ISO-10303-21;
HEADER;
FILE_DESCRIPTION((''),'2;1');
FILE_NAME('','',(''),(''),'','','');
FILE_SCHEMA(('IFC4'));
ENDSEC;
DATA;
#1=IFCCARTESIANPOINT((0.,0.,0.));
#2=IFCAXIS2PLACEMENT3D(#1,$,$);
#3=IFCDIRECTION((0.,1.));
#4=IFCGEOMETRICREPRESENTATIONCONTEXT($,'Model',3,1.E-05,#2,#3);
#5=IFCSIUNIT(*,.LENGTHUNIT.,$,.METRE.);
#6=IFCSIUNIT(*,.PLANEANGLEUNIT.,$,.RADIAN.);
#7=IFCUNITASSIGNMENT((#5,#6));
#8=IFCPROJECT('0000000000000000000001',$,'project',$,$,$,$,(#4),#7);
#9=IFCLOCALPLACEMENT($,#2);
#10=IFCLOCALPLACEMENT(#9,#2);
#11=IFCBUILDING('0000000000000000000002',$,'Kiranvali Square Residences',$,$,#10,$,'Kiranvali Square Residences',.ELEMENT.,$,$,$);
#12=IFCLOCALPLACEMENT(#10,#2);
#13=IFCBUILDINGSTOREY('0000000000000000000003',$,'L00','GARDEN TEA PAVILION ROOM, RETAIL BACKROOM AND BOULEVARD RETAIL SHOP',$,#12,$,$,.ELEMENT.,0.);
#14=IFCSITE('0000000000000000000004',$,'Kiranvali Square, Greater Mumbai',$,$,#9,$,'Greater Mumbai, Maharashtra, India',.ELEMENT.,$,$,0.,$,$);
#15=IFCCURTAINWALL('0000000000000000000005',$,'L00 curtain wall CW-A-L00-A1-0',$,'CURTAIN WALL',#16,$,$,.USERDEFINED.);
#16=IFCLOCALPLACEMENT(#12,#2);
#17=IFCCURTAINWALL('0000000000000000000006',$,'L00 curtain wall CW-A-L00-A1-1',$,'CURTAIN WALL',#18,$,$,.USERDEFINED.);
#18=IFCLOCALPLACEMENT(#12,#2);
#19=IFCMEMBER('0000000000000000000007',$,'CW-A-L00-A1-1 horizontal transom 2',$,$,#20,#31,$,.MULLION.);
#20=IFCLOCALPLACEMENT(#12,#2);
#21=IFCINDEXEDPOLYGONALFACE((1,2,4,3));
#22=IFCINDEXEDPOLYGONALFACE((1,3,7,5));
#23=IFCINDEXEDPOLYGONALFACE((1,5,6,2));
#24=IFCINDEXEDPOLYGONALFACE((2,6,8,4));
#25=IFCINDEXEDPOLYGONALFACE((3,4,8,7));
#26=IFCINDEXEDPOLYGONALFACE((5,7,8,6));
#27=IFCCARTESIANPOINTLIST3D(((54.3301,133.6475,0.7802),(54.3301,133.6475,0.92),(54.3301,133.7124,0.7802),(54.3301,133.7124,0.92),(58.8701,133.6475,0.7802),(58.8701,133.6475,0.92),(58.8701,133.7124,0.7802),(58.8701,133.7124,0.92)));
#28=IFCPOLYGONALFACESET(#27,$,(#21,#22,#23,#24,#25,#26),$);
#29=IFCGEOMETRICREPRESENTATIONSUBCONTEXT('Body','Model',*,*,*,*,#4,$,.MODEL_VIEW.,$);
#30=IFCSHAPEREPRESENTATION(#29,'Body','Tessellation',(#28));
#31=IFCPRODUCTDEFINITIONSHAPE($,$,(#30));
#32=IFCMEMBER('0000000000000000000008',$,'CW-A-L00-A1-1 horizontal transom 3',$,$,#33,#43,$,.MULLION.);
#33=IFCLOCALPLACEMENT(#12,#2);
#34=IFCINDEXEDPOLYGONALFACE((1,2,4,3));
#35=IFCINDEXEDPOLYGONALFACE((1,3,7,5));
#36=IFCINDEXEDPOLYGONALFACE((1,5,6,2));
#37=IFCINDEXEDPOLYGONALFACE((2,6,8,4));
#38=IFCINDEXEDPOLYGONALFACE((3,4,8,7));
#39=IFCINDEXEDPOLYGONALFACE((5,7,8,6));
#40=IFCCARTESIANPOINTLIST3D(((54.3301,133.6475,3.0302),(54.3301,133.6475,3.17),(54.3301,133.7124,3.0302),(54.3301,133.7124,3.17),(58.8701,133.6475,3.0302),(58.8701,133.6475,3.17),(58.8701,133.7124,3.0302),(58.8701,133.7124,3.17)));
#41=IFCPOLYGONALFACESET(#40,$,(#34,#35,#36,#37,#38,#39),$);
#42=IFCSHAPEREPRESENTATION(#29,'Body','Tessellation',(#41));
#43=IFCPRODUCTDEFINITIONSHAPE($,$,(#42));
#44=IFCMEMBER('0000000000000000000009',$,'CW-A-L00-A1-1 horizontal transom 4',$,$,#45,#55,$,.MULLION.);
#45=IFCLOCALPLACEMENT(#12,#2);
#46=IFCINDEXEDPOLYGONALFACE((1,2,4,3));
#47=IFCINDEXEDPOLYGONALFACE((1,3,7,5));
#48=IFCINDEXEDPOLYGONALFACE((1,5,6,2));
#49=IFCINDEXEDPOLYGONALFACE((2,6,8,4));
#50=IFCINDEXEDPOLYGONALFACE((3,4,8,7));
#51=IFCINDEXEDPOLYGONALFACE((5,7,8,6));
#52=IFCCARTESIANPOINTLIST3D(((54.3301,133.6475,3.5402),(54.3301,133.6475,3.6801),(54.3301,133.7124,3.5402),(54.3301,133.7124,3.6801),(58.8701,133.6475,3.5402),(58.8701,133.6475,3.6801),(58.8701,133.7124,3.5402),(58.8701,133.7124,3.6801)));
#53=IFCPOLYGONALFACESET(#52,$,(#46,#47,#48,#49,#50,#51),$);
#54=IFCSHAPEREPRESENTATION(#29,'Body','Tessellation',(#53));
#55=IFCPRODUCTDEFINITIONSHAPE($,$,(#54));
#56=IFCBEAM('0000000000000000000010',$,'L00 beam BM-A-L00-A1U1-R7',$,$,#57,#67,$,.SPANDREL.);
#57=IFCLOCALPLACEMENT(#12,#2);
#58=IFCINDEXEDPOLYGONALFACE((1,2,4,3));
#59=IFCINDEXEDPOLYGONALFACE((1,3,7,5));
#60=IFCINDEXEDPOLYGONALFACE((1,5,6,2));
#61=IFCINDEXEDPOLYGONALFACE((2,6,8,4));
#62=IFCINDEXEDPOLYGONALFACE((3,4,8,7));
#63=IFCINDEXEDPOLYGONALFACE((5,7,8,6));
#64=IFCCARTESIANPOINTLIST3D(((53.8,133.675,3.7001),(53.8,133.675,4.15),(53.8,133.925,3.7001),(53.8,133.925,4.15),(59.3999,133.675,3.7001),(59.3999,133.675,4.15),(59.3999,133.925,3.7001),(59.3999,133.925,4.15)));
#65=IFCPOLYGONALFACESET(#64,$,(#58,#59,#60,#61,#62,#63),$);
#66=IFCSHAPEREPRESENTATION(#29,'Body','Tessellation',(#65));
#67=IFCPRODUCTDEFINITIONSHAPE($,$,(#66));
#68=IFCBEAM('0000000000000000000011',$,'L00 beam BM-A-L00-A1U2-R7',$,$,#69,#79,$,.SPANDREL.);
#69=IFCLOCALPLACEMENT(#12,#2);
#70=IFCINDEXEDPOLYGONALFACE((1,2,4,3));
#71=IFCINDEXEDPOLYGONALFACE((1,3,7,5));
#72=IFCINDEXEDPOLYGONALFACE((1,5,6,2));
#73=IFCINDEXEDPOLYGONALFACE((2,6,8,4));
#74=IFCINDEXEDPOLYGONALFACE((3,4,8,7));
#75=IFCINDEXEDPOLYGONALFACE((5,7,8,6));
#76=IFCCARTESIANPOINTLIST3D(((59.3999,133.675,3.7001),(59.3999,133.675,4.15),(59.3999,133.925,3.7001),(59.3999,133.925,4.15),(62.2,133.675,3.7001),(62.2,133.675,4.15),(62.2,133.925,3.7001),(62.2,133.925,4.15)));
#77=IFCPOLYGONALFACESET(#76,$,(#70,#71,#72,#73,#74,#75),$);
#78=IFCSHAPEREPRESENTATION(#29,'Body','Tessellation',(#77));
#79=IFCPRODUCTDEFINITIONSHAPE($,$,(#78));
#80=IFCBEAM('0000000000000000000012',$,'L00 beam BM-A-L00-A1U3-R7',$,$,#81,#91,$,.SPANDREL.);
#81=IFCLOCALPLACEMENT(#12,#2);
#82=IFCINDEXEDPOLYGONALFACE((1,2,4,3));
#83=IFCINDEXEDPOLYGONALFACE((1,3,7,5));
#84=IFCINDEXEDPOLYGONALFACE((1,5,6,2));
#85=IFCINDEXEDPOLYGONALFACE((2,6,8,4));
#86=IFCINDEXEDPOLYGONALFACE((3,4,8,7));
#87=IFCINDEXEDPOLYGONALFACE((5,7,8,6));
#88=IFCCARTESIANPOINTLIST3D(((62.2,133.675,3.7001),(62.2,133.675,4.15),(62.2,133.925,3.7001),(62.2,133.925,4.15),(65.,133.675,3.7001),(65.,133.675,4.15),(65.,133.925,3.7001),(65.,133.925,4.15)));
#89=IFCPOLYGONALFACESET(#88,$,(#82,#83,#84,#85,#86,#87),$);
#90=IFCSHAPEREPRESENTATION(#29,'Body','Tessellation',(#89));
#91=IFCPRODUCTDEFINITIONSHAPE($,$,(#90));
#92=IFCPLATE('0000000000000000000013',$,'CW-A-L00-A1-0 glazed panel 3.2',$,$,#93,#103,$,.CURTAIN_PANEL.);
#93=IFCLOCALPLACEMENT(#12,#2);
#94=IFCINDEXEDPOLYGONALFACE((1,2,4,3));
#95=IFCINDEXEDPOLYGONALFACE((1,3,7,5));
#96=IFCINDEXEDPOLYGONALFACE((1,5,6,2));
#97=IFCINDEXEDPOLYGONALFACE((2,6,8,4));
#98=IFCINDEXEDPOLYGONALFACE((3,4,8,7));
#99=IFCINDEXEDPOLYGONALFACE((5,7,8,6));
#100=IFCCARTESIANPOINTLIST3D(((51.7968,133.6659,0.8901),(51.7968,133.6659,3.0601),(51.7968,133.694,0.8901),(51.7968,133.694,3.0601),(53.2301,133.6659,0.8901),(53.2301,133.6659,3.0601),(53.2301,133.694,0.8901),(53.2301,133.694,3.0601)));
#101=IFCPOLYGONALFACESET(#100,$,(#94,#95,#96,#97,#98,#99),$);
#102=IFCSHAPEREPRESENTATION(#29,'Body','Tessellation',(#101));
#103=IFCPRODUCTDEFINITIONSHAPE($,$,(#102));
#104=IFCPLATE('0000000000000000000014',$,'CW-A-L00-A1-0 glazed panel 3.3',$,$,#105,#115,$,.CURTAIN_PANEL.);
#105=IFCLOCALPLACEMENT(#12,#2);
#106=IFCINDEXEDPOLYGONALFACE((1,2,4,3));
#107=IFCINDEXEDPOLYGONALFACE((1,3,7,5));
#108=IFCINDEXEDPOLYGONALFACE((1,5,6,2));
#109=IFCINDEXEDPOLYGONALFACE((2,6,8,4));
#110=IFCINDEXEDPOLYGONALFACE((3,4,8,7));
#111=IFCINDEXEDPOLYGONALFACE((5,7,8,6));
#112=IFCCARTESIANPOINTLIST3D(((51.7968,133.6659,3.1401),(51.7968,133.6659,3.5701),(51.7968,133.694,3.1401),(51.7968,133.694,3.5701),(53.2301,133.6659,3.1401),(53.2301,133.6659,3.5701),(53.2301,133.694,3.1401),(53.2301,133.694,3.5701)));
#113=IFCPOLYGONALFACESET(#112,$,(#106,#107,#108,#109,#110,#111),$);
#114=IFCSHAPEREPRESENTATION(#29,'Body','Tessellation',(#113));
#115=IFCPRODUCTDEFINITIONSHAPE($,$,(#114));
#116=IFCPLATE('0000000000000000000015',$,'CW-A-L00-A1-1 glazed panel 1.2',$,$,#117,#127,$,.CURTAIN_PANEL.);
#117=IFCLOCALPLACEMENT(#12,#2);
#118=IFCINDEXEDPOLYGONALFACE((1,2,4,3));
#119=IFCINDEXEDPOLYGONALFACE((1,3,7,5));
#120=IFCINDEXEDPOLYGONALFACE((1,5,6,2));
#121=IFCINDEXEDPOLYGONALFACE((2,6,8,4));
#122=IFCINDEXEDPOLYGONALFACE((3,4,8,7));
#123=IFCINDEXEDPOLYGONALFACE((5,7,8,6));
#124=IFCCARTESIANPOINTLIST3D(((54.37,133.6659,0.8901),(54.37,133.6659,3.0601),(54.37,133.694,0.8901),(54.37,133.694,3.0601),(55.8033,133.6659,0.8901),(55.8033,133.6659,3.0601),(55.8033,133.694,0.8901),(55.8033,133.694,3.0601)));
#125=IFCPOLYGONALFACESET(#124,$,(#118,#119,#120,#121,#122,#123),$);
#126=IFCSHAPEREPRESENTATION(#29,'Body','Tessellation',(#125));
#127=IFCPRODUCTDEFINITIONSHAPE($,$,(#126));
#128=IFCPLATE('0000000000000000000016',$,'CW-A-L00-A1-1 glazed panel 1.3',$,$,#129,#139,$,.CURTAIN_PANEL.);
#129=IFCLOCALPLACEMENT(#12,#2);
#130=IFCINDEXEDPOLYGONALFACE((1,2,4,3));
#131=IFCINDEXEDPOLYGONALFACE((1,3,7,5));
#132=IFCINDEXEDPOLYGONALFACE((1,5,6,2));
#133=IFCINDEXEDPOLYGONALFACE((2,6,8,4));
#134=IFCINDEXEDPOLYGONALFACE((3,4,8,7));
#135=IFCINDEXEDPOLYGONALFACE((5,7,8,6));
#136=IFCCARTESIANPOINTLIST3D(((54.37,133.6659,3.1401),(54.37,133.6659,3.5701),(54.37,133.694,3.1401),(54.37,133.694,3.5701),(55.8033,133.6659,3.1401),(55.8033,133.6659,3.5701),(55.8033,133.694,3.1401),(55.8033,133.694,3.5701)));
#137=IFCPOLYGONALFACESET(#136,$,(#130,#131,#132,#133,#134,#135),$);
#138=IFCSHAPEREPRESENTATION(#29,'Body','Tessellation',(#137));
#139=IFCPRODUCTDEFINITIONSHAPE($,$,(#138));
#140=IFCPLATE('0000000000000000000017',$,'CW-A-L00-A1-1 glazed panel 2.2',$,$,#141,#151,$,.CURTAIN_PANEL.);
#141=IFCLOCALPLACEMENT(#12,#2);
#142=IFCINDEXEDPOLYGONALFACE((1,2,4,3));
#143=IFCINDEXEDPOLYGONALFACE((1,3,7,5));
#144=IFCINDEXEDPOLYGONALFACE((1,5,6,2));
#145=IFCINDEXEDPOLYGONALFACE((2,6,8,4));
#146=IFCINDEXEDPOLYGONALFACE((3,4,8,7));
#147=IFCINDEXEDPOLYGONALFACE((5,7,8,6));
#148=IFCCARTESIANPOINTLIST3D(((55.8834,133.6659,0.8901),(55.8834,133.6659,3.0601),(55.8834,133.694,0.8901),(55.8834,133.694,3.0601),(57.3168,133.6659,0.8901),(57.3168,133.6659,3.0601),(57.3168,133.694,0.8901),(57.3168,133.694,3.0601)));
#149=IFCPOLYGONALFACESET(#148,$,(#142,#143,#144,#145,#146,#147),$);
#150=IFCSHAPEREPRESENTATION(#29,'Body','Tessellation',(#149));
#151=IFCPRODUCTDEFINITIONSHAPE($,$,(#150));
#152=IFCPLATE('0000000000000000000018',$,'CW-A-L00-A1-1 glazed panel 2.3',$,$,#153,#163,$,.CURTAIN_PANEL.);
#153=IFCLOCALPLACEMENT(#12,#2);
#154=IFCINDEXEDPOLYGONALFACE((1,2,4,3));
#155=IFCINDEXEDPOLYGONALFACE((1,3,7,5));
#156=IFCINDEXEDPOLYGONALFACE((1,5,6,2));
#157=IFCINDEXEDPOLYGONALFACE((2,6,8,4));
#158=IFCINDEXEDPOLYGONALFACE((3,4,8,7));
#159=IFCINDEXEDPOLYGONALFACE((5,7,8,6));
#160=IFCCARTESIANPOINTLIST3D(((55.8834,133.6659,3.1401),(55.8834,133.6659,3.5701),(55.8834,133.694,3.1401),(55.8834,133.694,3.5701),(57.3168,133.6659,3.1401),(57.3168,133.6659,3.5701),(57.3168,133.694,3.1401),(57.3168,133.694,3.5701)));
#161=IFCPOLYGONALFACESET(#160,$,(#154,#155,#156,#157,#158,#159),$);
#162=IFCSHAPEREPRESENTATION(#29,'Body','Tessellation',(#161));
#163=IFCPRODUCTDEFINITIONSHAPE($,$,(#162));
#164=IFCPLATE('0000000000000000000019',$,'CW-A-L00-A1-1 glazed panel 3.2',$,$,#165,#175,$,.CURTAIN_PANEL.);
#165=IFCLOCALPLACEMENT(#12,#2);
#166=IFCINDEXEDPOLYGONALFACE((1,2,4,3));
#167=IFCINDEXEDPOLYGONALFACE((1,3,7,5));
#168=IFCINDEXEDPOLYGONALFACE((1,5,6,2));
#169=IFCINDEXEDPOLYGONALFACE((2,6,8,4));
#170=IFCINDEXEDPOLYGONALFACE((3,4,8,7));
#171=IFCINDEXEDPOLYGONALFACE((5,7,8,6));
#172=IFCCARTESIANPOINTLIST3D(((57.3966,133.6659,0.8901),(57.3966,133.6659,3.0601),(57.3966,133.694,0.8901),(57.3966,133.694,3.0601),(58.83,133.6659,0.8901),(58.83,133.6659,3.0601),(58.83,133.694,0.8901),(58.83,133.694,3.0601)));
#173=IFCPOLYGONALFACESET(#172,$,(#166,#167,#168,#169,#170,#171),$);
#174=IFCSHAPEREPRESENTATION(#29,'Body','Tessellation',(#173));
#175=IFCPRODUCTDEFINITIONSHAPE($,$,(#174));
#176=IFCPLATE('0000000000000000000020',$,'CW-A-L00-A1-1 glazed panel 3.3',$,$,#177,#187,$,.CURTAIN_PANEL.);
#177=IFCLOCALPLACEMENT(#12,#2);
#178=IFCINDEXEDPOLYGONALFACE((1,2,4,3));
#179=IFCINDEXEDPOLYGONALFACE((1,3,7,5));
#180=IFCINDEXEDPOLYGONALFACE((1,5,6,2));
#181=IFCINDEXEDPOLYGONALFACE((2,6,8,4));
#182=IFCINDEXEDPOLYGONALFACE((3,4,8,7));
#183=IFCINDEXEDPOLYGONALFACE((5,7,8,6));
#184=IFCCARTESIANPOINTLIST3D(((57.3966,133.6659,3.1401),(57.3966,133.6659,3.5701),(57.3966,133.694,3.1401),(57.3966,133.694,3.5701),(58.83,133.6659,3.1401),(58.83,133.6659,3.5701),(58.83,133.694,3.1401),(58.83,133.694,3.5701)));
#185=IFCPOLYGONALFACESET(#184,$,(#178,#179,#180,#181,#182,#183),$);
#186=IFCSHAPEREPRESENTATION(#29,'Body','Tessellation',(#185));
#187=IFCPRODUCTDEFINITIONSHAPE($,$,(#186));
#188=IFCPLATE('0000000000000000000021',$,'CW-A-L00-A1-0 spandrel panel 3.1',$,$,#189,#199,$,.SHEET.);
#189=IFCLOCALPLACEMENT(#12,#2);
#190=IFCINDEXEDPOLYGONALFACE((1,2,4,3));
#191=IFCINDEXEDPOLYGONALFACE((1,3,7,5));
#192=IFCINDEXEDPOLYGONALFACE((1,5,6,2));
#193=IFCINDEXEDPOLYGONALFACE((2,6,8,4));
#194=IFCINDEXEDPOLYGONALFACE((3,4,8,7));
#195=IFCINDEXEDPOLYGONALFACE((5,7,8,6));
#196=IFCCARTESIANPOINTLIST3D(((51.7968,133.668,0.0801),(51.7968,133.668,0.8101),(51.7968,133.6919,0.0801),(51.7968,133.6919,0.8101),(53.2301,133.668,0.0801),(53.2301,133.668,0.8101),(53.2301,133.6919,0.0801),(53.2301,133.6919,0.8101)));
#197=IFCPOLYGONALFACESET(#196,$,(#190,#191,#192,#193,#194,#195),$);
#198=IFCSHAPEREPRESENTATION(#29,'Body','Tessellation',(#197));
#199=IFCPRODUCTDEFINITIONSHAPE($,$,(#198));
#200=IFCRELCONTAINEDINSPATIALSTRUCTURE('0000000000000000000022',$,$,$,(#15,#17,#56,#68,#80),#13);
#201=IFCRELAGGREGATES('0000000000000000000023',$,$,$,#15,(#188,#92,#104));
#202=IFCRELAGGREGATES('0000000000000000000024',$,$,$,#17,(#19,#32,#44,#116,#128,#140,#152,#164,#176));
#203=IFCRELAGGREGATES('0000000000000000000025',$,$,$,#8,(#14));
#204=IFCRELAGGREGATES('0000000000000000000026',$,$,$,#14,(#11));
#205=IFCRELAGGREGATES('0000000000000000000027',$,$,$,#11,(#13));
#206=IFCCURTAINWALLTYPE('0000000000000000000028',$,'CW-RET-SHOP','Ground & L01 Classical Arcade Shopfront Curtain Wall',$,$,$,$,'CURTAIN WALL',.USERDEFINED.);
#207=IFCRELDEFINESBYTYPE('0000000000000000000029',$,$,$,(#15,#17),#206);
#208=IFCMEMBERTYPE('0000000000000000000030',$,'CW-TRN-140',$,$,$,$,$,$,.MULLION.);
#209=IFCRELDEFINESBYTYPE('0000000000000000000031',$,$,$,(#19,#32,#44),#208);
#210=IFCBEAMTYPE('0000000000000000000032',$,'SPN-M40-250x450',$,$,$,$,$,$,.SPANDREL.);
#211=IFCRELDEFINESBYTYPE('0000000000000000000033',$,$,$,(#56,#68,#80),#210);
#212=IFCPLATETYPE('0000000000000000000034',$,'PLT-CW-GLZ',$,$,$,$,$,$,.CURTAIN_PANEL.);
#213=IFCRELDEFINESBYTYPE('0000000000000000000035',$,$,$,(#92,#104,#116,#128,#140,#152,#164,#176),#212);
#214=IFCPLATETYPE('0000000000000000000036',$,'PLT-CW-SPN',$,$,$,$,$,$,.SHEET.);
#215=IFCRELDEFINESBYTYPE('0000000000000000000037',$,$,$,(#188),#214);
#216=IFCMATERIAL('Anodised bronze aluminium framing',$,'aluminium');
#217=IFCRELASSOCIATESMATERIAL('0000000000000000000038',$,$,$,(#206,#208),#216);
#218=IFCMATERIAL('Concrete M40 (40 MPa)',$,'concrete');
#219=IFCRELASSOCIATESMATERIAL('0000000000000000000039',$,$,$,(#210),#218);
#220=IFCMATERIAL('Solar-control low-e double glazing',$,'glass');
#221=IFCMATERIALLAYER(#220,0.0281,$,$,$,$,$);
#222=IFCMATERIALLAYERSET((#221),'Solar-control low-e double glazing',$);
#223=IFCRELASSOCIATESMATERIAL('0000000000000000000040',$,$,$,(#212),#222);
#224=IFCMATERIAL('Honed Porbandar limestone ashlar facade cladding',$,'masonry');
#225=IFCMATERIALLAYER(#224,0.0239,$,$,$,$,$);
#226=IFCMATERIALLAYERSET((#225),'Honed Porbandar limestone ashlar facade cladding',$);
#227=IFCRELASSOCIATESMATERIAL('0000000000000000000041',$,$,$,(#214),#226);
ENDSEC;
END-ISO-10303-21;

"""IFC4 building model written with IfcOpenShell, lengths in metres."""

from ifc_helpers import new_model, si_unit, direction, frame, origin, origin_2d, place, context, subcontext, project, spatial, rectangle, extrude, material, layer, layer_set, material_profile, profile_set, type_object, element, aggregate, save


model = new_model("IFC4")

# Units and contexts
model_context = context("Model", 3, precision=1e-05, world=origin(), true_north=direction((0.0, 1.0)))
body_context = subcontext(model_context, "Body", "Model", "MODEL_VIEW")
ifc_project = project(units=[si_unit("LENGTHUNIT", "METRE"), si_unit("PLANEANGLEUNIT", "RADIAN")], contexts=[model_context])

# Site, building, storey
site_placement = place(None, origin())
site = spatial("IfcSite", under=ifc_project, at=site_placement, Name="Kiranvali Square, Greater Mumbai", LongName="Greater Mumbai, Maharashtra, India", CompositionType="ELEMENT", RefElevation=0.0)
building_placement = place(site_placement, origin())
building = spatial("IfcBuilding", under=site, at=building_placement, Name="Kiranvali Square Residences", LongName="Kiranvali Square Residences", CompositionType="ELEMENT")
storey_placement = place(building_placement, origin())
storey = spatial("IfcBuildingStorey", under=building, at=storey_placement, Name="L00", Description="GARDEN TEA PAVILION ROOM, RETAIL BACKROOM AND BOULEVARD RETAIL SHOP", CompositionType="ELEMENT", Elevation=0.0)

# Shared definitions
ifc_material_1 = material(Name="Concrete M40 (40 MPa)", Category="concrete")

# Curtain walls, members
ifc_material_2 = material(Name="Anodised bronze aluminium framing", Category="aluminium")
curtain_wall_type = type_object("IfcCurtainWallType", Name="CW-RET-SHOP", Description="Ground & L01 Classical Arcade Shopfront Curtain Wall", ElementType="CURTAIN WALL", PredefinedType="USERDEFINED", material=ifc_material_2)
curtain_wall_1_placement = place(storey_placement, origin())
curtain_wall_1 = element("IfcCurtainWall", 1, at=curtain_wall_1_placement, inside=storey, type_object=curtain_wall_type, Name="L00 curtain wall CW-A-L00-A1-0", ObjectType="CURTAIN WALL", PredefinedType="USERDEFINED")
curtain_wall_2_placement = place(storey_placement, origin())
curtain_wall_2 = element("IfcCurtainWall", 2, at=curtain_wall_2_placement, inside=storey, type_object=curtain_wall_type, Name="L00 curtain wall CW-A-L00-A1-1", ObjectType="CURTAIN WALL", PredefinedType="USERDEFINED")
ifc_material_profile_1 = material_profile(ifc_material_2, rectangle(XDim=0.0649, YDim=0.1399, at=origin_2d()), Name="ALU 65x140")
ifc_profile_set_1 = profile_set([ifc_material_profile_1], Name="Anodised bronze aluminium framing")
member_type_1 = type_object("IfcMemberType", Name="CW-TRN-140", PredefinedType="MULLION", material=ifc_profile_set_1)
member_1_placement = place(storey_placement, frame((54.3301, 133.6799, 0.8501), z_axis=(1.0, 0.0, 0.0), x_axis=(0.0, 1.0, 0.0)))
member_1 = element("IfcMember", 3, at=member_1_placement, type_object=member_type_1, Name="CW-A-L00-A1-1 horizontal transom 2", PredefinedType="MULLION", context=body_context, shape_type="SweptSolid", body=[
    extrude(rectangle(XDim=0.0649, YDim=0.1399, at=origin_2d()), origin(), (0.0, 0.0, 1.0), 4.54),
])
member_2_placement = place(storey_placement, frame((54.3301, 133.6799, 3.1001), z_axis=(1.0, 0.0, 0.0), x_axis=(0.0, 1.0, 0.0)))
member_2 = element("IfcMember", 4, at=member_2_placement, type_object=member_type_1, Name="CW-A-L00-A1-1 horizontal transom 3", PredefinedType="MULLION", context=body_context, shape_type="SweptSolid", body=[
    extrude(rectangle(XDim=0.0649, YDim=0.1399, at=origin_2d()), origin(), (0.0, 0.0, 1.0), 4.54),
])
member_3_placement = place(storey_placement, frame((54.3301, 133.6799, 3.6101), z_axis=(1.0, 0.0, 0.0), x_axis=(0.0, 1.0, 0.0)))
member_3 = element("IfcMember", 5, at=member_3_placement, type_object=member_type_1, Name="CW-A-L00-A1-1 horizontal transom 4", PredefinedType="MULLION", context=body_context, shape_type="SweptSolid", body=[
    extrude(rectangle(XDim=0.0649, YDim=0.1399, at=origin_2d()), origin(), (0.0, 0.0, 1.0), 4.54),
])

# Beams
ifc_material_profile_2 = material_profile(ifc_material_1, rectangle(XDim=0.25, YDim=0.45, at=origin_2d()), Name="RC 250x450")
ifc_profile_set_2 = profile_set([ifc_material_profile_2], Name="Concrete M40 (40 MPa)")
beam_type_1 = type_object("IfcBeamType", Name="SPN-M40-250x450", PredefinedType="SPANDREL", material=ifc_profile_set_2)
beam_placement = place(storey_placement, frame((53.8, 133.8, 3.925), z_axis=(1.0, 0.0, 0.0), x_axis=(0.0, 1.0, 0.0)))
element("IfcBeam", 6, at=beam_placement, inside=storey, type_object=beam_type_1, Name="L00 beam BM-A-L00-A1U1-R7", PredefinedType="SPANDREL", context=body_context, shape_type="SweptSolid", body=[
    extrude(rectangle(XDim=0.25, YDim=0.45, at=origin_2d()), origin(), (0.0, 0.0, 1.0), 5.5999),
])
for number, where, z_axis, x_axis, name in (
    (7, (59.3999, 133.8, 3.925), (1.0, 0.0, 0.0), (0.0, 1.0, 0.0), "L00 beam BM-A-L00-A1U2-R7"),
    (8, (62.2, 133.8, 3.925), (1.0, 0.0, 0.0), (0.0, 1.0, 0.0), "L00 beam BM-A-L00-A1U3-R7"),
):
    element("IfcBeam", number, at=place(storey_placement, frame(where, z_axis=z_axis, x_axis=x_axis)), inside=storey, type_object=beam_type_1, Name=name, PredefinedType="SPANDREL", context=body_context, shape_type="SweptSolid", body=[
        extrude(rectangle(XDim=0.25, YDim=0.45, at=origin_2d()), origin(), (0.0, 0.0, 1.0), 2.8),
    ])

# Plates
ifc_material_3 = material(Name="Solar-control low-e double glazing", Category="glass")
ifc_layer_1 = layer(ifc_material_3, 0.0281)
ifc_layer_set_1 = layer_set([ifc_layer_1], Name="Solar-control low-e double glazing")
plate_type_1 = type_object("IfcPlateType", Name="PLT-CW-GLZ", PredefinedType="CURTAIN_PANEL", material=ifc_layer_set_1)
plate_1_placement = place(storey_placement, frame((52.5134, 133.6799, 0.8901), z_axis=(0.0, 0.0, 1.0), x_axis=(1.0, 0.0, 0.0)))
plate_1 = element("IfcPlate", 9, at=plate_1_placement, type_object=plate_type_1, Name="CW-A-L00-A1-0 glazed panel 3.2", PredefinedType="CURTAIN_PANEL", context=body_context, shape_type="SweptSolid", body=[
    extrude(rectangle(XDim=1.4333, YDim=0.0281, at=origin_2d()), origin(), (0.0, 0.0, 1.0), 2.1699),
])
plate_2_placement = place(storey_placement, frame((52.5134, 133.6799, 3.1401), z_axis=(0.0, 0.0, 1.0), x_axis=(1.0, 0.0, 0.0)))
plate_2 = element("IfcPlate", 10, at=plate_2_placement, type_object=plate_type_1, Name="CW-A-L00-A1-0 glazed panel 3.3", PredefinedType="CURTAIN_PANEL", context=body_context, shape_type="SweptSolid", body=[
    extrude(rectangle(XDim=1.4333, YDim=0.0281, at=origin_2d()), origin(), (0.0, 0.0, 1.0), 0.4299),
])
plate_3_placement = place(storey_placement, frame((55.0867, 133.6799, 0.8901), z_axis=(0.0, 0.0, 1.0), x_axis=(1.0, 0.0, 0.0)))
plate_3 = element("IfcPlate", 11, at=plate_3_placement, type_object=plate_type_1, Name="CW-A-L00-A1-1 glazed panel 1.2", PredefinedType="CURTAIN_PANEL", context=body_context, shape_type="SweptSolid", body=[
    extrude(rectangle(XDim=1.4333, YDim=0.0281, at=origin_2d()), origin(), (0.0, 0.0, 1.0), 2.1699),
])
plate_4_placement = place(storey_placement, frame((55.0867, 133.6799, 3.1401), z_axis=(0.0, 0.0, 1.0), x_axis=(1.0, 0.0, 0.0)))
plate_4 = element("IfcPlate", 12, at=plate_4_placement, type_object=plate_type_1, Name="CW-A-L00-A1-1 glazed panel 1.3", PredefinedType="CURTAIN_PANEL", context=body_context, shape_type="SweptSolid", body=[
    extrude(rectangle(XDim=1.4333, YDim=0.0281, at=origin_2d()), origin(), (0.0, 0.0, 1.0), 0.4299),
])
plate_5_placement = place(storey_placement, frame((56.6001, 133.6799, 0.8901), z_axis=(0.0, 0.0, 1.0), x_axis=(1.0, 0.0, 0.0)))
plate_5 = element("IfcPlate", 13, at=plate_5_placement, type_object=plate_type_1, Name="CW-A-L00-A1-1 glazed panel 2.2", PredefinedType="CURTAIN_PANEL", context=body_context, shape_type="SweptSolid", body=[
    extrude(rectangle(XDim=1.4333, YDim=0.0281, at=origin_2d()), origin(), (0.0, 0.0, 1.0), 2.1699),
])
plate_6_placement = place(storey_placement, frame((56.6001, 133.6799, 3.1401), z_axis=(0.0, 0.0, 1.0), x_axis=(1.0, 0.0, 0.0)))
plate_6 = element("IfcPlate", 14, at=plate_6_placement, type_object=plate_type_1, Name="CW-A-L00-A1-1 glazed panel 2.3", PredefinedType="CURTAIN_PANEL", context=body_context, shape_type="SweptSolid", body=[
    extrude(rectangle(XDim=1.4333, YDim=0.0281, at=origin_2d()), origin(), (0.0, 0.0, 1.0), 0.4299),
])
plate_7_placement = place(storey_placement, frame((58.1133, 133.6799, 0.8901), z_axis=(0.0, 0.0, 1.0), x_axis=(1.0, 0.0, 0.0)))
plate_7 = element("IfcPlate", 15, at=plate_7_placement, type_object=plate_type_1, Name="CW-A-L00-A1-1 glazed panel 3.2", PredefinedType="CURTAIN_PANEL", context=body_context, shape_type="SweptSolid", body=[
    extrude(rectangle(XDim=1.4333, YDim=0.0281, at=origin_2d()), origin(), (0.0, 0.0, 1.0), 2.1699),
])
plate_8_placement = place(storey_placement, frame((58.1133, 133.6799, 3.1401), z_axis=(0.0, 0.0, 1.0), x_axis=(1.0, 0.0, 0.0)))
plate_8 = element("IfcPlate", 16, at=plate_8_placement, type_object=plate_type_1, Name="CW-A-L00-A1-1 glazed panel 3.3", PredefinedType="CURTAIN_PANEL", context=body_context, shape_type="SweptSolid", body=[
    extrude(rectangle(XDim=1.4333, YDim=0.0281, at=origin_2d()), origin(), (0.0, 0.0, 1.0), 0.4299),
])
ifc_material_4 = material(Name="Honed Porbandar limestone ashlar facade cladding", Category="masonry")
ifc_layer_2 = layer(ifc_material_4, 0.0239)
ifc_layer_set_2 = layer_set([ifc_layer_2], Name="Honed Porbandar limestone ashlar facade cladding")
plate_type_2 = type_object("IfcPlateType", Name="PLT-CW-SPN", PredefinedType="SHEET", material=ifc_layer_set_2)
plate_9_placement = place(storey_placement, frame((52.5134, 133.6799, 0.0801), z_axis=(0.0, 0.0, 1.0), x_axis=(1.0, 0.0, 0.0)))
plate_9 = element("IfcPlate", 17, at=plate_9_placement, type_object=plate_type_2, Name="CW-A-L00-A1-0 spandrel panel 3.1", PredefinedType="SHEET", context=body_context, shape_type="SweptSolid", body=[
    extrude(rectangle(XDim=1.4333, YDim=0.0239, at=origin_2d()), origin(), (0.0, 0.0, 1.0), 0.73),
])
aggregate(curtain_wall_1, [plate_9, plate_1, plate_2])
aggregate(curtain_wall_2, [member_1, member_2, member_3, plate_3, plate_4, plate_5, plate_6, plate_7, plate_8])

save(model, "model.ifc")
